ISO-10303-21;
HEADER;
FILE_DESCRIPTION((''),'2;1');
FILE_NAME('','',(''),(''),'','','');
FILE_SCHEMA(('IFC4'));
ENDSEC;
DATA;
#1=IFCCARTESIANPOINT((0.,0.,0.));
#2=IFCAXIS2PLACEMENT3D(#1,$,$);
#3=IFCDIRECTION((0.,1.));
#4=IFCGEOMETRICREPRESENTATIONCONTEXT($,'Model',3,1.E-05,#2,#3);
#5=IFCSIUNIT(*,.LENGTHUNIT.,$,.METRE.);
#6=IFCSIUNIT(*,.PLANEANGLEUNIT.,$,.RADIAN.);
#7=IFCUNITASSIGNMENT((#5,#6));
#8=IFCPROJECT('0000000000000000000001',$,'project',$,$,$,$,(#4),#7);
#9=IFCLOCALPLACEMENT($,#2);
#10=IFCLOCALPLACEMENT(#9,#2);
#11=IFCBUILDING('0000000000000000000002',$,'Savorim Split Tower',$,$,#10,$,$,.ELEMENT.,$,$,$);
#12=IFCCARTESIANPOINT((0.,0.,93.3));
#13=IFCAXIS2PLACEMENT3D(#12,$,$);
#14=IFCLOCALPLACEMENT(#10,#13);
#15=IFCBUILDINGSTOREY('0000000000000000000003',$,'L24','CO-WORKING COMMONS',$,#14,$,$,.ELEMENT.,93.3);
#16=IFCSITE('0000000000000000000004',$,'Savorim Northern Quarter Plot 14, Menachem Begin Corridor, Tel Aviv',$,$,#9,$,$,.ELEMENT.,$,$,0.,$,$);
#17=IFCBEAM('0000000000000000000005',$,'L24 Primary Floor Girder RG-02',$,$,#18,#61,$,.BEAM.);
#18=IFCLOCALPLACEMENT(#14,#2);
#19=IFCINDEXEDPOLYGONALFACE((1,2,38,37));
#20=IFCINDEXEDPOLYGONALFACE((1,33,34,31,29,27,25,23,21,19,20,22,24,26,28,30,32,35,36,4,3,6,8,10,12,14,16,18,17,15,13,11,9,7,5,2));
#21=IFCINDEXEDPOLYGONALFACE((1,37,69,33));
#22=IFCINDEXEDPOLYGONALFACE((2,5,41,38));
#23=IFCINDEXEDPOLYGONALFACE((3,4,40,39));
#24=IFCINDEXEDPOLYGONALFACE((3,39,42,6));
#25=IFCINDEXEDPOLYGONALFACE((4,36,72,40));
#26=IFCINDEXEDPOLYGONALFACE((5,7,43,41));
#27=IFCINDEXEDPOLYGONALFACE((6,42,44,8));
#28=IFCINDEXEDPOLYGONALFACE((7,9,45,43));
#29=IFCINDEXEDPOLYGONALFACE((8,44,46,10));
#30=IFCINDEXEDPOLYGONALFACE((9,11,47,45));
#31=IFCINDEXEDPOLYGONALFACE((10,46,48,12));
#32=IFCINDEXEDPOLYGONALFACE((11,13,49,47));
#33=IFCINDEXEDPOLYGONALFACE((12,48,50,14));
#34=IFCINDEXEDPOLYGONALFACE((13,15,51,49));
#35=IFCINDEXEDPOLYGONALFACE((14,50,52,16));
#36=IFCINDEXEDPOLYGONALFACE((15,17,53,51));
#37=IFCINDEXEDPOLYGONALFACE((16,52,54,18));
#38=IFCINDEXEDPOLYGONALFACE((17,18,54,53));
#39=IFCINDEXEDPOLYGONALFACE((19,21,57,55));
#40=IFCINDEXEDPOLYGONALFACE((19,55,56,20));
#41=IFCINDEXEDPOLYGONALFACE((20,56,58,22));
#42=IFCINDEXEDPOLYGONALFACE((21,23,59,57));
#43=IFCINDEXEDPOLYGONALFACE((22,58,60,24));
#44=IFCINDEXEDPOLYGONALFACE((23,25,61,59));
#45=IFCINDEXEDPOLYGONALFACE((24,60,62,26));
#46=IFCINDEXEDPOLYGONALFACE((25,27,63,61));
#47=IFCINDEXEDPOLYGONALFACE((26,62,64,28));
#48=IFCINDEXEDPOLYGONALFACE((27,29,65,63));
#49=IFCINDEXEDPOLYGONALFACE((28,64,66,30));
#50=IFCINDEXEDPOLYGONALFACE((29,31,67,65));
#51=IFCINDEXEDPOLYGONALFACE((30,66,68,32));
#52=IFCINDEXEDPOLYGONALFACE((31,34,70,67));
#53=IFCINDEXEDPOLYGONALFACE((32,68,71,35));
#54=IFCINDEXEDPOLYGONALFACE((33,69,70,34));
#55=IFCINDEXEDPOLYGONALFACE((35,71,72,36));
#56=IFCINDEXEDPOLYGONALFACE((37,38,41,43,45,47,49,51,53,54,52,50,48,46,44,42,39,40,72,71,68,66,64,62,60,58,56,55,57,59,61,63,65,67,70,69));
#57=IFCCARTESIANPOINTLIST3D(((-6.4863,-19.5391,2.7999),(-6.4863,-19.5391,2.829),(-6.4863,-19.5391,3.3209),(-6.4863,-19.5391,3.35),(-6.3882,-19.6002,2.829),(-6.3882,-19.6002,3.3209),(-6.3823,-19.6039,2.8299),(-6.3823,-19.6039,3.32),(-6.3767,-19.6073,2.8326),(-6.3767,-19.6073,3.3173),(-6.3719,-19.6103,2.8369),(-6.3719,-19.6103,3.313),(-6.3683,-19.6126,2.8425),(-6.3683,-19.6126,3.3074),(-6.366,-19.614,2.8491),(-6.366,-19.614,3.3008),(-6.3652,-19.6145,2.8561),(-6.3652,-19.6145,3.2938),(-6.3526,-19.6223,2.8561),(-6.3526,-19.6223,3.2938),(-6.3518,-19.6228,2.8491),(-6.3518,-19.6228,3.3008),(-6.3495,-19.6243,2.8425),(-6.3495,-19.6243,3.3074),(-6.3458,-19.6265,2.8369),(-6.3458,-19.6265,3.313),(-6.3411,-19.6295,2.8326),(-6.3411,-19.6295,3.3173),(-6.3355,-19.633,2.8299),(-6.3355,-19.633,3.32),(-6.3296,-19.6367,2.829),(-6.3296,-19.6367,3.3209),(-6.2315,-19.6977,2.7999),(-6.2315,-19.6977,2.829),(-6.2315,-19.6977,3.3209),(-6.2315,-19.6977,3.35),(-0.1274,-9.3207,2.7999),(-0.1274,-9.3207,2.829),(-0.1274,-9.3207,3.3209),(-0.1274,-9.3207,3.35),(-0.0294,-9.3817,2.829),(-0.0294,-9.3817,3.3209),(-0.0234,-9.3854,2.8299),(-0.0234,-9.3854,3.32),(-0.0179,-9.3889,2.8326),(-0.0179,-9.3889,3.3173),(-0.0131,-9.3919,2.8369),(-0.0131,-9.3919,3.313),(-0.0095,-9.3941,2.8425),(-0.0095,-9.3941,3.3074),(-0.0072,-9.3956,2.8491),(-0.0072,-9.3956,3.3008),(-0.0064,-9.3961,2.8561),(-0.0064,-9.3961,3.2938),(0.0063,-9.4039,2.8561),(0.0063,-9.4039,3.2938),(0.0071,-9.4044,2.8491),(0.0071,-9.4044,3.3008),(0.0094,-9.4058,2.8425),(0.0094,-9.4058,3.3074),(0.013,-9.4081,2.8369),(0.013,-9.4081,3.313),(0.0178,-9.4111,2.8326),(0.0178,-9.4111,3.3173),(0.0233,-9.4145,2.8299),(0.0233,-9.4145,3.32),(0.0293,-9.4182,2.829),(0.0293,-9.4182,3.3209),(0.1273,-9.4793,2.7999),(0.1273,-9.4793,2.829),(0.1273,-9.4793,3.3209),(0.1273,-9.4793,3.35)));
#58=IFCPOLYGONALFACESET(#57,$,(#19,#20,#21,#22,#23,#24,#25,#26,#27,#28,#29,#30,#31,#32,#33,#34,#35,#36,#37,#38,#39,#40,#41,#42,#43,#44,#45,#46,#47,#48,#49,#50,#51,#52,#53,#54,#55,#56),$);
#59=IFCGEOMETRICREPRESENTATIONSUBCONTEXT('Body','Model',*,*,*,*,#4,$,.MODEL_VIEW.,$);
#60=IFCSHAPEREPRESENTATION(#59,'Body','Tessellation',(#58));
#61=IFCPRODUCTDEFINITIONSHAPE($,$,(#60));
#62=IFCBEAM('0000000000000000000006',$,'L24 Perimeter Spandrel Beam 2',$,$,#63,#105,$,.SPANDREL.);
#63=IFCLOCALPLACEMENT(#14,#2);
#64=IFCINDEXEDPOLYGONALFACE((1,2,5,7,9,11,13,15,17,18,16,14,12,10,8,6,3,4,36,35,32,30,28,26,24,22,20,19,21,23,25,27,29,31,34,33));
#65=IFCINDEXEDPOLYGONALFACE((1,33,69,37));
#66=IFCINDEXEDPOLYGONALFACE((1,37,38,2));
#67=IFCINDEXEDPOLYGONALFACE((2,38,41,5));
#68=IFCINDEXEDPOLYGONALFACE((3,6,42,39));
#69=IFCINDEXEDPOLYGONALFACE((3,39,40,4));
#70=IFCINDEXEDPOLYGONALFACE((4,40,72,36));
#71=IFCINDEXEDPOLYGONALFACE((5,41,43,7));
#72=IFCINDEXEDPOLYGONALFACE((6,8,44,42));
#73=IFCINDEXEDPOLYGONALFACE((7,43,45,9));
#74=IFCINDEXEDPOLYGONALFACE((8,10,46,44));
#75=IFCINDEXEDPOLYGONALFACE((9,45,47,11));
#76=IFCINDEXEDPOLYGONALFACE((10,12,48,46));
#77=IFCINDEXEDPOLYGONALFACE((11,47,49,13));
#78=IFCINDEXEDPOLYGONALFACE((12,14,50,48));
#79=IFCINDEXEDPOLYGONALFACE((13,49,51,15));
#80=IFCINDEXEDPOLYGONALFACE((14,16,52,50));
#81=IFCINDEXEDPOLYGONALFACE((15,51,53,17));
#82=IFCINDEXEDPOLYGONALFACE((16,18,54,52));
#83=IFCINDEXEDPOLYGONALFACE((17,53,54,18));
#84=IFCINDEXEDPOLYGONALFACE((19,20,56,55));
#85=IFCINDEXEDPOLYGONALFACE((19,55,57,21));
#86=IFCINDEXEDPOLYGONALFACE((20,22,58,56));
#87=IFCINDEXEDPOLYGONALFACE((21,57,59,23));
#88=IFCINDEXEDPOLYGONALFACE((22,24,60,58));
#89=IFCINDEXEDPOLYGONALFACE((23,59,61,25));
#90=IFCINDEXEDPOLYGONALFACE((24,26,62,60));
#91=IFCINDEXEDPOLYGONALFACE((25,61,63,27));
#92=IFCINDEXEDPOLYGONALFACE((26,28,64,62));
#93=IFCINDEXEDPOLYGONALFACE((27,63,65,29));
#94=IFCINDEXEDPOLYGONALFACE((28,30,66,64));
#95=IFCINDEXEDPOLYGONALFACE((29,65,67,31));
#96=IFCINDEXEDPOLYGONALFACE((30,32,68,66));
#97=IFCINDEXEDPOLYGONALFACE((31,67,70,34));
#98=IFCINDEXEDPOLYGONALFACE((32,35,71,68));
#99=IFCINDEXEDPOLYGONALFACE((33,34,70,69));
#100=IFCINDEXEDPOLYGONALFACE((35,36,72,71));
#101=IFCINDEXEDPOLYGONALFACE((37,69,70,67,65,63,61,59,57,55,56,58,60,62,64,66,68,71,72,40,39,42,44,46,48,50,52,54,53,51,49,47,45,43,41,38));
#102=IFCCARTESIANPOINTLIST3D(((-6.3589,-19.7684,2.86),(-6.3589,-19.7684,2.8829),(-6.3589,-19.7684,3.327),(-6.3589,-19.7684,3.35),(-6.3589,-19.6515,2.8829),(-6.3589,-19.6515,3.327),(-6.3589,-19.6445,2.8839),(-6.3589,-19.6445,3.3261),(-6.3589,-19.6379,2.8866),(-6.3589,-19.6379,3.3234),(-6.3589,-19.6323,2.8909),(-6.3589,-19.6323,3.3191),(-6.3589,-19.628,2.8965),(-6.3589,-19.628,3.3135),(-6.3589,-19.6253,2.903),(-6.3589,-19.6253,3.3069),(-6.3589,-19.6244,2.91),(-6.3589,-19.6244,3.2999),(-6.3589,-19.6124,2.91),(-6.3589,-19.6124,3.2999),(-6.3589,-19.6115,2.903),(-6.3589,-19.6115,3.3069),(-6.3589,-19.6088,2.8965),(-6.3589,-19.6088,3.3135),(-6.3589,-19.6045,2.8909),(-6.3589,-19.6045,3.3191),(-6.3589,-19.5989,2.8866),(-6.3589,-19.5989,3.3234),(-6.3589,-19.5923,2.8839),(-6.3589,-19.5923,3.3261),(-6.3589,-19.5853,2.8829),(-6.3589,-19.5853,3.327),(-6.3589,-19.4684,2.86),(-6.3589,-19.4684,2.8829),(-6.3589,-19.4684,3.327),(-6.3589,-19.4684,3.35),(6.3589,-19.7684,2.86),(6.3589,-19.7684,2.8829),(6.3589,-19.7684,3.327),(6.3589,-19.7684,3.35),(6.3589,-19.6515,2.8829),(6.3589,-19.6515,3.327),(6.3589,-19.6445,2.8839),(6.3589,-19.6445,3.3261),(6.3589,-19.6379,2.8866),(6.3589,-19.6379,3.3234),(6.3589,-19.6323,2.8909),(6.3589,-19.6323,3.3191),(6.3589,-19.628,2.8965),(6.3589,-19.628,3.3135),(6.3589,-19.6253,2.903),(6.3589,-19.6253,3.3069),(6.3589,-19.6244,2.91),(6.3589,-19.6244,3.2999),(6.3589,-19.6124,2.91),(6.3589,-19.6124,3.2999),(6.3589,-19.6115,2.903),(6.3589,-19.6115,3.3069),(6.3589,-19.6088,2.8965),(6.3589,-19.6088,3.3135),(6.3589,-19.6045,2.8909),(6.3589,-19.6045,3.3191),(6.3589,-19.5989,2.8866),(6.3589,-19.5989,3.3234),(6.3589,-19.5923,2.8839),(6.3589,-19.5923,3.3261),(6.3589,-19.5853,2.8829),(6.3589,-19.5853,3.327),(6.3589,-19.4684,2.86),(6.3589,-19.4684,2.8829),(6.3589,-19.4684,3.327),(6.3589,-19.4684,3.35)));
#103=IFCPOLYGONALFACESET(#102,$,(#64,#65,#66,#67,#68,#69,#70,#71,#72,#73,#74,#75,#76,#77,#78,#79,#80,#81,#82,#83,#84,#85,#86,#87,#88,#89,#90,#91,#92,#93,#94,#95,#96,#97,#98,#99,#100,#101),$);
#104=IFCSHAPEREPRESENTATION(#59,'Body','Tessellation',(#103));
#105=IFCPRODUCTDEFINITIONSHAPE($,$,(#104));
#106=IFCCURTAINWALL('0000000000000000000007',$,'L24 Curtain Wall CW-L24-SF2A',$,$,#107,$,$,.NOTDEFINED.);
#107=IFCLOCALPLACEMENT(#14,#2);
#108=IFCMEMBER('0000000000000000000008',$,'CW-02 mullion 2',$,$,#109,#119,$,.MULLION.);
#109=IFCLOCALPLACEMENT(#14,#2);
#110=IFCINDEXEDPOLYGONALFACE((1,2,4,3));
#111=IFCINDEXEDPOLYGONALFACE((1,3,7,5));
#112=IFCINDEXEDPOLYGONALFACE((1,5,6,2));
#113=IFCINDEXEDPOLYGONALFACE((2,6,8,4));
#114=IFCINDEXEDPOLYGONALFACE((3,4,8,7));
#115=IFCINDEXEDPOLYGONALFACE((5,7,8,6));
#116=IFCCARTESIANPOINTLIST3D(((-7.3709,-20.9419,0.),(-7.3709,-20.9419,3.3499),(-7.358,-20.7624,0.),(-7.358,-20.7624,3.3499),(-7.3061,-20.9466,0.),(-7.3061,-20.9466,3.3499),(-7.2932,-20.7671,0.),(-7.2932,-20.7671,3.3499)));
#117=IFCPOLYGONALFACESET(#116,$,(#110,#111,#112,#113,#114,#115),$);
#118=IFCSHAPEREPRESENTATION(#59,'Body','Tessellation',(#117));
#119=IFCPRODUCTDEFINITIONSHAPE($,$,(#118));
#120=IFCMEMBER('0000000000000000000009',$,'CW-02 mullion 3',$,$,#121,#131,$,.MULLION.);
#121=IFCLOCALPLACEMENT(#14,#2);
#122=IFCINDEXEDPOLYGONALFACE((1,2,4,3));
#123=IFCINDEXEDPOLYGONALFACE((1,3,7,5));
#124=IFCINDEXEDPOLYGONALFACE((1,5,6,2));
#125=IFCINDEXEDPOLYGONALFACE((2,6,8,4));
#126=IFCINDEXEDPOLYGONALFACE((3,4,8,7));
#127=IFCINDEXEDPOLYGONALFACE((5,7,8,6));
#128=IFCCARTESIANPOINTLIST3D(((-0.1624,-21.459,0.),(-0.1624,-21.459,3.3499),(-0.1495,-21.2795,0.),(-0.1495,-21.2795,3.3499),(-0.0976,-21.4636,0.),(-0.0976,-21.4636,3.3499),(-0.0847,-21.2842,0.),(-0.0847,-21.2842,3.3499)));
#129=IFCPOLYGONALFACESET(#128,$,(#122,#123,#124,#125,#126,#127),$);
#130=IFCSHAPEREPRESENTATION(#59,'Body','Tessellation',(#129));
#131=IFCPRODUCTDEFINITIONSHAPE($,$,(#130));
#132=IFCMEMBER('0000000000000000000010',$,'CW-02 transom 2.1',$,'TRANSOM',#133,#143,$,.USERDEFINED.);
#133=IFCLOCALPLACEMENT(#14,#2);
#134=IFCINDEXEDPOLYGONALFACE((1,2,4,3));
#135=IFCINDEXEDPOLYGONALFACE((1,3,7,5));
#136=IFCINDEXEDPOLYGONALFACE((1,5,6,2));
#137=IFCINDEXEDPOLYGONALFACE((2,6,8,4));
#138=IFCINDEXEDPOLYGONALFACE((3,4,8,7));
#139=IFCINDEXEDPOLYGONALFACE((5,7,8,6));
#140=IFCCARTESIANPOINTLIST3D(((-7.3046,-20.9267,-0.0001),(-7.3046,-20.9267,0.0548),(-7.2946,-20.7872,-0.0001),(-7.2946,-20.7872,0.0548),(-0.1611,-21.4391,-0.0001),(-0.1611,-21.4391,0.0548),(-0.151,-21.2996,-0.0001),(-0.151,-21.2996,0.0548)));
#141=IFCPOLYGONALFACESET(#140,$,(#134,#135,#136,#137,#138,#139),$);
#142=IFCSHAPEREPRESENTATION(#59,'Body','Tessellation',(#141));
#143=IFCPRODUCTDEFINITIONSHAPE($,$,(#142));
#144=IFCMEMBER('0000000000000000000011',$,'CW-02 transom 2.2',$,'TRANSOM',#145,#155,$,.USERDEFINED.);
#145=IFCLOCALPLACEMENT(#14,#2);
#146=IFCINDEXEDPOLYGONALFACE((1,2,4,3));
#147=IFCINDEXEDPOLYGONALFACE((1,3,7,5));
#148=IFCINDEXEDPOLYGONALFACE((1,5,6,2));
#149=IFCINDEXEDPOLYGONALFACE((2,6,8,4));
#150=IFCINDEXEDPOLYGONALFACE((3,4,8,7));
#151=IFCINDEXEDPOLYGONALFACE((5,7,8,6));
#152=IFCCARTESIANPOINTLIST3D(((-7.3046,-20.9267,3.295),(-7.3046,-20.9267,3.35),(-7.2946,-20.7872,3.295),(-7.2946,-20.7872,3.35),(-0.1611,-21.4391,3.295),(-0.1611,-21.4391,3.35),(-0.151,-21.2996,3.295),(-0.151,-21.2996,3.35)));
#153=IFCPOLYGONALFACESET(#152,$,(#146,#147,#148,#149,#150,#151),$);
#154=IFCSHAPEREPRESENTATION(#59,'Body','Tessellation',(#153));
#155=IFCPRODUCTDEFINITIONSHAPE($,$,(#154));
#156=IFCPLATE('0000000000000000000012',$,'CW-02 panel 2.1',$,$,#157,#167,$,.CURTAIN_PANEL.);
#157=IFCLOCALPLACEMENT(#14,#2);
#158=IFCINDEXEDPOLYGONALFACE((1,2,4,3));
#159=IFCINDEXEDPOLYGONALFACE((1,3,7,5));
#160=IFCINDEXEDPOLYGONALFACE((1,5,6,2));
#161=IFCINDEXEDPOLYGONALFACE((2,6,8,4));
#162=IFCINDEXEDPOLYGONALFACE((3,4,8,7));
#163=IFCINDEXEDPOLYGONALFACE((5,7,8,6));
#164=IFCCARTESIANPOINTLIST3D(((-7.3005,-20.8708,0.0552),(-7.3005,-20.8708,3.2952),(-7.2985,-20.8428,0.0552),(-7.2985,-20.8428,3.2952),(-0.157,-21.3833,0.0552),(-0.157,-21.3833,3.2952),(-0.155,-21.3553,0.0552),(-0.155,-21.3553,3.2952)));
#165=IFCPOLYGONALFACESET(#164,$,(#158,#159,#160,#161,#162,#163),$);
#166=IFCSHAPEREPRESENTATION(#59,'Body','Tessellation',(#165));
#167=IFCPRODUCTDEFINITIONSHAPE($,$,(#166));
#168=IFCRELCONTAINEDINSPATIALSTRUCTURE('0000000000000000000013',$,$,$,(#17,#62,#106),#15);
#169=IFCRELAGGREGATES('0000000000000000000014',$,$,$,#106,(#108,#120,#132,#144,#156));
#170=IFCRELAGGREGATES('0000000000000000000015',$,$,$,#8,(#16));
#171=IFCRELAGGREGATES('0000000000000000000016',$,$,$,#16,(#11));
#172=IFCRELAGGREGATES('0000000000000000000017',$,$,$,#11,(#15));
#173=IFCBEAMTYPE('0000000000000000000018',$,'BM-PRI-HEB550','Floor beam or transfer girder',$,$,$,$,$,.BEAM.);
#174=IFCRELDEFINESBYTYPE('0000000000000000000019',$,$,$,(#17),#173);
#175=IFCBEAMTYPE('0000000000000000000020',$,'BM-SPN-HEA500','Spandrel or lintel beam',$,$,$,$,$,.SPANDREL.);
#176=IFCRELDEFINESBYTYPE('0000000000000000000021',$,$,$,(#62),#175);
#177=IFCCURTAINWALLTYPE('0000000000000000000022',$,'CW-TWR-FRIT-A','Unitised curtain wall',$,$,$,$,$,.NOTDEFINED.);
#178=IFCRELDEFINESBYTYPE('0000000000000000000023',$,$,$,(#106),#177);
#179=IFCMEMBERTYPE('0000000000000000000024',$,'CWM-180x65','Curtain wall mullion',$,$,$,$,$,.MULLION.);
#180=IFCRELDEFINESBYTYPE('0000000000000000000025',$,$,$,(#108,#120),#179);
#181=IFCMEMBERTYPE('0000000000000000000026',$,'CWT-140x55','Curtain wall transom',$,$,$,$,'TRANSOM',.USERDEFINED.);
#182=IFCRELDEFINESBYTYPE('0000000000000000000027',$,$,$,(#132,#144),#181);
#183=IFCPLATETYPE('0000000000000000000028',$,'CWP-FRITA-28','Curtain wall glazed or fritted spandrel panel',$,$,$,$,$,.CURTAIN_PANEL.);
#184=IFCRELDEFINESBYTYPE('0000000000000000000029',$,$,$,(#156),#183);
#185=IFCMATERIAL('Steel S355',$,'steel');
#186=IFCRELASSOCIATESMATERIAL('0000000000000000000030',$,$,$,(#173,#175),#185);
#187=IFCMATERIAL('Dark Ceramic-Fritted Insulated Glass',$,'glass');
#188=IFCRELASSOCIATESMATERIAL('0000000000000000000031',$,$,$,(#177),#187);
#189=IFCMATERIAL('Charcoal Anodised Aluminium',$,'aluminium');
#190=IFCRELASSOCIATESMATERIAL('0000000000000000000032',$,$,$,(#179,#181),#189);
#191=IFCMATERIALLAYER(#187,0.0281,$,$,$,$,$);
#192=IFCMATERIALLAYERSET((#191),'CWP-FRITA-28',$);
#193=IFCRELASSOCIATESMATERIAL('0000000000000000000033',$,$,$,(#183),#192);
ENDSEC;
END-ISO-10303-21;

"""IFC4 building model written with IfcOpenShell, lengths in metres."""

from ifc_helpers import new_model, si_unit, direction, frame, origin, origin_2d, place, context, subcontext, project, spatial, rectangle, i_section, extrude, material, layer, layer_set, material_profile, profile_set, type_object, element, aggregate, save


model = new_model("IFC4")

# Units and contexts
model_context = context("Model", 3, precision=1e-05, world=origin(), true_north=direction((0.0, 1.0)))
body_context = subcontext(model_context, "Body", "Model", "MODEL_VIEW")
ifc_project = project(units=[si_unit("LENGTHUNIT", "METRE"), si_unit("PLANEANGLEUNIT", "RADIAN")], contexts=[model_context])

# Site, building, storey
site_placement = place(None, origin())
site = spatial("IfcSite", under=ifc_project, at=site_placement, Name="Savorim Northern Quarter Plot 14, Menachem Begin Corridor, Tel Aviv", CompositionType="ELEMENT", RefElevation=0.0)
building_placement = place(site_placement, origin())
building = spatial("IfcBuilding", under=site, at=building_placement, Name="Savorim Split Tower", CompositionType="ELEMENT")
storey_placement = place(building_placement, frame((0.0, 0.0, 93.3)))
storey = spatial("IfcBuildingStorey", under=building, at=storey_placement, Name="L24", Description="CO-WORKING COMMONS", CompositionType="ELEMENT", Elevation=93.3)

# Beams
ifc_material_1 = material(Name="Steel S355", Category="steel")
ifc_material_profile_1 = material_profile(ifc_material_1, i_section(OverallWidth=0.3, OverallDepth=0.55, WebThickness=0.0149, FlangeThickness=0.0291, FilletRadius=0.0271, at=origin_2d()), Name="HEB 550")
ifc_profile_set_1 = profile_set([ifc_material_profile_1], Name="Steel S355")
beam_type_1 = type_object("IfcBeamType", Name="BM-PRI-HEB550", Description="Floor beam or transfer girder", PredefinedType="BEAM", material=ifc_profile_set_1)
beam_1_placement = place(storey_placement, frame((-6.3589, -19.6184, 3.075), z_axis=(0.528344, 0.84903, 0.0), x_axis=(-0.84903, 0.528344, 0.0)))
element("IfcBeam", 1, at=beam_1_placement, inside=storey, type_object=beam_type_1, Name="L24 Primary Floor Girder RG-02", PredefinedType="BEAM", context=body_context, shape_type="SweptSolid", body=[
    extrude(i_section(OverallWidth=0.3, OverallDepth=0.55, WebThickness=0.0149, FlangeThickness=0.0291, FilletRadius=0.0271, at=origin_2d()), origin(), (0.0, 0.0, 1.0), 12.0354),
])
ifc_material_profile_2 = material_profile(ifc_material_1, i_section(OverallWidth=0.3, OverallDepth=0.49, WebThickness=0.012, FlangeThickness=0.0229, FilletRadius=0.0271, at=origin_2d()), Name="HEA 500")
ifc_profile_set_2 = profile_set([ifc_material_profile_2], Name="Steel S355")
beam_type_2 = type_object("IfcBeamType", Name="BM-SPN-HEA500", Description="Spandrel or lintel beam", PredefinedType="SPANDREL", material=ifc_profile_set_2)
beam_2_placement = place(storey_placement, frame((-6.3589, -19.6184, 3.105), z_axis=(1.0, 0.0, 0.0), x_axis=(0.0, 1.0, 0.0)))
element("IfcBeam", 2, at=beam_2_placement, inside=storey, type_object=beam_type_2, Name="L24 Perimeter Spandrel Beam 2", PredefinedType="SPANDREL", context=body_context, shape_type="SweptSolid", body=[
    extrude(i_section(OverallWidth=0.3, OverallDepth=0.49, WebThickness=0.012, FlangeThickness=0.0229, FilletRadius=0.0271, at=origin_2d()), origin(), (0.0, 0.0, 1.0), 12.7178),
])

# Curtain wall, members, plate
ifc_material_2 = material(Name="Dark Ceramic-Fritted Insulated Glass", Category="glass")
curtain_wall_type = type_object("IfcCurtainWallType", Name="CW-TWR-FRIT-A", Description="Unitised curtain wall", PredefinedType="NOTDEFINED", material=ifc_material_2)
curtain_wall_placement = place(storey_placement, origin())
curtain_wall = element("IfcCurtainWall", 3, at=curtain_wall_placement, inside=storey, type_object=curtain_wall_type, Name="L24 Curtain Wall CW-L24-SF2A", PredefinedType="NOTDEFINED")
ifc_material_3 = material(Name="Charcoal Anodised Aluminium", Category="aluminium")
ifc_material_profile_3 = material_profile(ifc_material_3, rectangle(XDim=0.1799, YDim=0.0649, at=origin_2d()), Name="ALU-M 180x65")
ifc_profile_set_3 = profile_set([ifc_material_profile_3], Name="Charcoal Anodised Aluminium")
member_type_1 = type_object("IfcMemberType", Name="CWM-180x65", Description="Curtain wall mullion", PredefinedType="MULLION", material=ifc_profile_set_3)
member_1_placement = place(storey_placement, frame((-7.332, -20.8545, 0.0), z_axis=(0.0, 0.0, 1.0), x_axis=(0.071562, 0.997436, 0.0)))
member_1 = element("IfcMember", 4, at=member_1_placement, type_object=member_type_1, Name="CW-02 mullion 2", PredefinedType="MULLION", context=body_context, shape_type="SweptSolid", body=[
    extrude(rectangle(XDim=0.1799, YDim=0.0649, at=origin_2d()), origin(), (0.0, 0.0, 1.0), 3.3499),
])
member_2_placement = place(storey_placement, frame((-0.1235, -21.3716, 0.0), z_axis=(0.0, 0.0, 1.0), x_axis=(0.071562, 0.997436, 0.0)))
member_2 = element("IfcMember", 5, at=member_2_placement, type_object=member_type_1, Name="CW-02 mullion 3", PredefinedType="MULLION", context=body_context, shape_type="SweptSolid", body=[
    extrude(rectangle(XDim=0.1799, YDim=0.0649, at=origin_2d()), origin(), (0.0, 0.0, 1.0), 3.3499),
])
ifc_material_profile_4 = material_profile(ifc_material_3, rectangle(XDim=0.1399, YDim=0.0549, at=origin_2d()), Name="ALU-T 140x55")
ifc_profile_set_4 = profile_set([ifc_material_profile_4], Name="Charcoal Anodised Aluminium")
member_type_2 = type_object("IfcMemberType", Name="CWT-140x55", Description="Curtain wall transom", ElementType="TRANSOM", PredefinedType="USERDEFINED", material=ifc_profile_set_4)
member_3_placement = place(storey_placement, frame((-7.2996, -20.8569, 0.0273), z_axis=(0.997437, -0.071552, 0.0), x_axis=(0.071552, 0.997437, 0.0)))
member_3 = element("IfcMember", 6, at=member_3_placement, type_object=member_type_2, Name="CW-02 transom 2.1", ObjectType="TRANSOM", PredefinedType="USERDEFINED", context=body_context, shape_type="SweptSolid", body=[
    extrude(rectangle(XDim=0.1399, YDim=0.0549, at=origin_2d()), origin(), (0.0, 0.0, 1.0), 7.1619),
])
member_4_placement = place(storey_placement, frame((-7.2996, -20.8569, 3.3225), z_axis=(0.997437, -0.071552, 0.0), x_axis=(0.071552, 0.997437, 0.0)))
member_4 = element("IfcMember", 7, at=member_4_placement, type_object=member_type_2, Name="CW-02 transom 2.2", ObjectType="TRANSOM", PredefinedType="USERDEFINED", context=body_context, shape_type="SweptSolid", body=[
    extrude(rectangle(XDim=0.1399, YDim=0.0549, at=origin_2d()), origin(), (0.0, 0.0, 1.0), 7.1619),
])
ifc_layer_1 = layer(ifc_material_2, 0.0281)
ifc_layer_set_1 = layer_set([ifc_layer_1], Name="CWP-FRITA-28")
plate_type = type_object("IfcPlateType", Name="CWP-FRITA-28", Description="Curtain wall glazed or fritted spandrel panel", PredefinedType="CURTAIN_PANEL", material=ifc_layer_set_1)
plate_placement = place(storey_placement, frame((-3.7278, -21.113, 0.0552), z_axis=(0.0, 0.0, 1.0), x_axis=(0.997436, -0.071562, 0.0)))
plate = element("IfcPlate", 8, at=plate_placement, type_object=plate_type, Name="CW-02 panel 2.1", PredefinedType="CURTAIN_PANEL", context=body_context, shape_type="SweptSolid", body=[
    extrude(rectangle(XDim=7.1619, YDim=0.0281, at=origin_2d()), origin(), (0.0, 0.0, 1.0), 3.24),
])
aggregate(curtain_wall, [member_1, member_2, member_3, member_4, plate])

save(model, "model.ifc")
